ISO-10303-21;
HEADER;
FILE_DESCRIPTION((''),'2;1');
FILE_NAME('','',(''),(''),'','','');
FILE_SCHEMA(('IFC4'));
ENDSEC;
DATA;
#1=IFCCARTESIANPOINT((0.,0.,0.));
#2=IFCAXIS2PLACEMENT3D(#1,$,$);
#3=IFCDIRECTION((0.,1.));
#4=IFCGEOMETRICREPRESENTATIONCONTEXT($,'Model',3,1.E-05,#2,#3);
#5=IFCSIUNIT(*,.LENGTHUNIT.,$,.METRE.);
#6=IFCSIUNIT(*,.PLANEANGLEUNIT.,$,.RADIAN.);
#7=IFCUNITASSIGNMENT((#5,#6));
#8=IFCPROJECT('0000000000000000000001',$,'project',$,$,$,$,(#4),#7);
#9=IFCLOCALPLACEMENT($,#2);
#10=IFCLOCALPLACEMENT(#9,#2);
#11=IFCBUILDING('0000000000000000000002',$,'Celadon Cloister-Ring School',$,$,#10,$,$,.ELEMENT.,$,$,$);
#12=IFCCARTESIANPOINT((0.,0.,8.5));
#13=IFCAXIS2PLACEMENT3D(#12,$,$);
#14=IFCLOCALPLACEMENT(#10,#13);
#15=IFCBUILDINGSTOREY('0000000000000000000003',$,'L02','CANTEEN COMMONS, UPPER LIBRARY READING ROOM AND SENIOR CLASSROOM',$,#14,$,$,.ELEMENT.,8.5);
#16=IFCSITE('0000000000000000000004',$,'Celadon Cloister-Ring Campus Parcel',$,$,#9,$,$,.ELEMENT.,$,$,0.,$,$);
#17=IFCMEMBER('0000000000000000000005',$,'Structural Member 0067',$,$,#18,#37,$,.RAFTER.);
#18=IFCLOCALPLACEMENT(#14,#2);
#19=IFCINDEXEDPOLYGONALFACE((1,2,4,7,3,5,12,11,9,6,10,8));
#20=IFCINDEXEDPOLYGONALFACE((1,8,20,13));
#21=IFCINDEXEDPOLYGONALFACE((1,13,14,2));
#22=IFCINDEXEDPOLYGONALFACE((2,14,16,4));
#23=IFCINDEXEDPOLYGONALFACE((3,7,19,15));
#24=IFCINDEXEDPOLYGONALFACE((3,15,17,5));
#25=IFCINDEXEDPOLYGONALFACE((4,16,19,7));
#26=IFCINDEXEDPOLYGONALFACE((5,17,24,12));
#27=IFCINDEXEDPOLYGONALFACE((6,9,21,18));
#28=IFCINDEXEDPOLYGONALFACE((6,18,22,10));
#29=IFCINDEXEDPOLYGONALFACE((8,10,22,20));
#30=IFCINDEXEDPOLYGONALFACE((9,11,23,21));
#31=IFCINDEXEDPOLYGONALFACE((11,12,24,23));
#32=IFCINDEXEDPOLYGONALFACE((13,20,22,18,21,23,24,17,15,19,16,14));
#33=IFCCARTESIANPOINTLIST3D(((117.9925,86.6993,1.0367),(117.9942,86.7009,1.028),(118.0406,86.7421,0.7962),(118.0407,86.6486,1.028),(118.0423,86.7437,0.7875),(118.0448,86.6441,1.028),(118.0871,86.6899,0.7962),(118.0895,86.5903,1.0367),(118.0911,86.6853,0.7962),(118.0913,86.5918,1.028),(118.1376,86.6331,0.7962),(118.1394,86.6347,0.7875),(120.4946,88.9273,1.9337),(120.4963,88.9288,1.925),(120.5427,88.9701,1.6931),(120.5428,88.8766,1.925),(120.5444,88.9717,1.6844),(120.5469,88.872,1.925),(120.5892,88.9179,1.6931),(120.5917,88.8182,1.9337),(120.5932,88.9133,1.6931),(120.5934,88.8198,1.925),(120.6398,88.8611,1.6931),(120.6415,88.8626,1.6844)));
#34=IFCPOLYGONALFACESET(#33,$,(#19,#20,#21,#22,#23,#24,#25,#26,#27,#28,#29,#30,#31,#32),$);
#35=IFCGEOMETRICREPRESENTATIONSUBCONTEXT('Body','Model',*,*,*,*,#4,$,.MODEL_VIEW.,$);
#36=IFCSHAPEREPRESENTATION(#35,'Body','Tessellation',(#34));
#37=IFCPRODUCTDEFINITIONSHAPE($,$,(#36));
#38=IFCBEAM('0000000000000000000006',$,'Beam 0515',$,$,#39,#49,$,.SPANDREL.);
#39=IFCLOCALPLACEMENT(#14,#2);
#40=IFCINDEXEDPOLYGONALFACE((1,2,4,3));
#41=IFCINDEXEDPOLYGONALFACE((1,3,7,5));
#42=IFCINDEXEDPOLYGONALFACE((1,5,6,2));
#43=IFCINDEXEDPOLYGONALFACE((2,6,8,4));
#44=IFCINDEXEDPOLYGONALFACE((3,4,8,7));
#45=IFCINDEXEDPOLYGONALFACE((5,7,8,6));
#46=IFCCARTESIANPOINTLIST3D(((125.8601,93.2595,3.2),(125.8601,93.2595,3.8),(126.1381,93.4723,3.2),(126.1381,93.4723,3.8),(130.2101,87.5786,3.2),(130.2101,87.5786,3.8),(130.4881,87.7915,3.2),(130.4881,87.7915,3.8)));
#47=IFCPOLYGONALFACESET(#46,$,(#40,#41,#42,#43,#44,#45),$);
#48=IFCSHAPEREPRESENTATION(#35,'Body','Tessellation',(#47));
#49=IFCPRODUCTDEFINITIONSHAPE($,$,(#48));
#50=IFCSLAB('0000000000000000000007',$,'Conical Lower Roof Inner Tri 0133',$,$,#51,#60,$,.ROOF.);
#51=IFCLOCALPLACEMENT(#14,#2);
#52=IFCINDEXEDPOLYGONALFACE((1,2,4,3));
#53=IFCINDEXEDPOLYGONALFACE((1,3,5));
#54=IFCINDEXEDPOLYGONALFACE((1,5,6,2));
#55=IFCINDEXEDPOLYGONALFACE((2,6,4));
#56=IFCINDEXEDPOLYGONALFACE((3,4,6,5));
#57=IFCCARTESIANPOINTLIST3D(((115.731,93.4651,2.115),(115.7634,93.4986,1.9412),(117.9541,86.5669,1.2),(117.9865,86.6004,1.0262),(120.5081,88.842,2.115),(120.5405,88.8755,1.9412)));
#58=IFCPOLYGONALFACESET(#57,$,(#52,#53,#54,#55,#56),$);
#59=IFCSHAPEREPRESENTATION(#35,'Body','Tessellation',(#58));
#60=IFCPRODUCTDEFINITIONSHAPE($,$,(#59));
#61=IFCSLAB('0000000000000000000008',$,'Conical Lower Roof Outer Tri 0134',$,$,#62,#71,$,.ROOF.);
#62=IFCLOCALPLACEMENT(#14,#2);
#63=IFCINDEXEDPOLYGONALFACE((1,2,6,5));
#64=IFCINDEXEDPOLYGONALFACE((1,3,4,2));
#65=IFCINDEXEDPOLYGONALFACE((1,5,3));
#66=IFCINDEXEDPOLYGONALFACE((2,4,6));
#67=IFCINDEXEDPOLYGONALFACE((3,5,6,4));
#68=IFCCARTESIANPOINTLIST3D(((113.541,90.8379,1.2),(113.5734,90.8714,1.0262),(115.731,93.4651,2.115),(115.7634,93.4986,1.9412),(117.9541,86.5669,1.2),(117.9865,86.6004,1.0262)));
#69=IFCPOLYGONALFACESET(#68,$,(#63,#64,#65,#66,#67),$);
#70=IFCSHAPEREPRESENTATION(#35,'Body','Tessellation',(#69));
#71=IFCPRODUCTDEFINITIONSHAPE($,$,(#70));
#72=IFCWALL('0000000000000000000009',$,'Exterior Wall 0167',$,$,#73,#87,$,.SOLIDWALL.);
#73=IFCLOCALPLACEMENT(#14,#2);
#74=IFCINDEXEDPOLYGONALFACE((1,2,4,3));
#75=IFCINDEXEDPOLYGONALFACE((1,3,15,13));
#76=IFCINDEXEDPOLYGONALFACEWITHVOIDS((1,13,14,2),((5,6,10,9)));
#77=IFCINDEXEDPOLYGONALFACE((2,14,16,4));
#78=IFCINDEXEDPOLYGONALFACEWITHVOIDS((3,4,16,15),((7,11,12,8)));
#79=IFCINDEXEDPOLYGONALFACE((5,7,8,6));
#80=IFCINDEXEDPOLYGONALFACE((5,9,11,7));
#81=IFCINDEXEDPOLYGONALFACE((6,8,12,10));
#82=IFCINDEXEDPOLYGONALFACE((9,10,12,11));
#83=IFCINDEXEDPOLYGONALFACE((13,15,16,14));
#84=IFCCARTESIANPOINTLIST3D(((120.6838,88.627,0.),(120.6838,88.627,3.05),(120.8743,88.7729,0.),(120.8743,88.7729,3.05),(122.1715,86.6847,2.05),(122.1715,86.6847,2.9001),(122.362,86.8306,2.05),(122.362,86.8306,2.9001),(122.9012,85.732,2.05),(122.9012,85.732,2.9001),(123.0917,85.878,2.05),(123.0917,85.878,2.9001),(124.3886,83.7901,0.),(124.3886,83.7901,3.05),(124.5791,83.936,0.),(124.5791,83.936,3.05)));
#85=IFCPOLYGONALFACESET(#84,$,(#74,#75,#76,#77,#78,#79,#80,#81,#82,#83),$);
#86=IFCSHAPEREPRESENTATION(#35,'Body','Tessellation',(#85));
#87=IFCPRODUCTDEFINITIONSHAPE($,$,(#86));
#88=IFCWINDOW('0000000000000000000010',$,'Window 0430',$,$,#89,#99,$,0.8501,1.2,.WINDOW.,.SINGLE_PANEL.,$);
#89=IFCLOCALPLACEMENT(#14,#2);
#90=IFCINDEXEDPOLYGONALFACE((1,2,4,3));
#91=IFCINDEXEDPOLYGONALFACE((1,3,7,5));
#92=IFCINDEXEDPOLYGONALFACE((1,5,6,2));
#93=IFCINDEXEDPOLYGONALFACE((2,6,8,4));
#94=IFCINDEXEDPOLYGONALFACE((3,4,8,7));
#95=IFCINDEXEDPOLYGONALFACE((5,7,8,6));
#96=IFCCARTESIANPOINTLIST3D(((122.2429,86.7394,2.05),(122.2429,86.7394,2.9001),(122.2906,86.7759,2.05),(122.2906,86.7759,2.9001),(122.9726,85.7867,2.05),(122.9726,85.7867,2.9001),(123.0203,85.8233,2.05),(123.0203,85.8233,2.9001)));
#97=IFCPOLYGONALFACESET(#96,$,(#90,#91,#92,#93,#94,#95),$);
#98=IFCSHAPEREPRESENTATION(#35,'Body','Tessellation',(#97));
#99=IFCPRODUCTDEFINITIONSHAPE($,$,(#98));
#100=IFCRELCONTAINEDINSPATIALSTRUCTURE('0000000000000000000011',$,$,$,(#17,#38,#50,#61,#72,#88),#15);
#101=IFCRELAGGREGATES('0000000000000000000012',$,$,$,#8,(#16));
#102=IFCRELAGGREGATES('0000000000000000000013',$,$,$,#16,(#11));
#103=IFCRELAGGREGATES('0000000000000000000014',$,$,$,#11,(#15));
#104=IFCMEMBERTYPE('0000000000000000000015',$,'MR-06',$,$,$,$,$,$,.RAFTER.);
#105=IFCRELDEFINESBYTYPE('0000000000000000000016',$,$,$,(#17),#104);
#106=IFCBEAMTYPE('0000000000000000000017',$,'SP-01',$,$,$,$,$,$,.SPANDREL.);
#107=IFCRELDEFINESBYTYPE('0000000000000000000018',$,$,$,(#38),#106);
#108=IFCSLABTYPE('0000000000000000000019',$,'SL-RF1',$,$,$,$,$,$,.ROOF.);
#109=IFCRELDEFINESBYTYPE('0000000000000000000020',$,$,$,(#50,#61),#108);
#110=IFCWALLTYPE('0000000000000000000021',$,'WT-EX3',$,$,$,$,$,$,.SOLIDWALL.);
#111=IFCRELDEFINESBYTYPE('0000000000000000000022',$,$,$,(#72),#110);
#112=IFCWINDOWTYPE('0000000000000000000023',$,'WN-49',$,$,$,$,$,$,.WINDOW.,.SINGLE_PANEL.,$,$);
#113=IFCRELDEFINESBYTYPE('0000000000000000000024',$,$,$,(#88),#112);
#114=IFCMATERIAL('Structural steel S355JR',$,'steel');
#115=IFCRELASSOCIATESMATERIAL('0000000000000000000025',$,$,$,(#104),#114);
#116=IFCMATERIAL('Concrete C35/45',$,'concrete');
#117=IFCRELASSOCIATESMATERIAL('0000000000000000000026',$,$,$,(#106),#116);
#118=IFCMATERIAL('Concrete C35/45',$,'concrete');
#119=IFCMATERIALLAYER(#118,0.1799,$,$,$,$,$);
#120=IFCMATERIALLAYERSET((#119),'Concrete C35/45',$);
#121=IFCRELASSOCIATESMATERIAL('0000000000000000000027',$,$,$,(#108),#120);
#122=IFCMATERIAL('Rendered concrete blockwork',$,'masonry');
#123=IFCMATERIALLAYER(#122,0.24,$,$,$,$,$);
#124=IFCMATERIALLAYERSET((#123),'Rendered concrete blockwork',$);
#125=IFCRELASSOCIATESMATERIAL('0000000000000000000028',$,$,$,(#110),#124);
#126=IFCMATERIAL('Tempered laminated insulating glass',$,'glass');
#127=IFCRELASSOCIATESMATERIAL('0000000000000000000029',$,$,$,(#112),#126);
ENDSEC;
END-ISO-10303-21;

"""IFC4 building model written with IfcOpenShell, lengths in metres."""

from ifc_helpers import new_model, si_unit, direction, frame, frame_2d, origin, origin_2d, place, context, subcontext, project, spatial, polyline, rectangle, i_section, outline, extrude, material, layer, layer_set, material_profile, profile_set, type_object, element, fill, save


model = new_model("IFC4")

# Units and contexts
model_context = context("Model", 3, precision=1e-05, world=origin(), true_north=direction((0.0, 1.0)))
body_context = subcontext(model_context, "Body", "Model", "MODEL_VIEW")
ifc_project = project(units=[si_unit("LENGTHUNIT", "METRE"), si_unit("PLANEANGLEUNIT", "RADIAN")], contexts=[model_context])

# Site, building, storey
site_placement = place(None, origin())
site = spatial("IfcSite", under=ifc_project, at=site_placement, Name="Celadon Cloister-Ring Campus Parcel", CompositionType="ELEMENT", RefElevation=0.0)
building_placement = place(site_placement, origin())
building = spatial("IfcBuilding", under=site, at=building_placement, Name="Celadon Cloister-Ring School", CompositionType="ELEMENT")
storey_placement = place(building_placement, frame((0.0, 0.0, 8.5)))
storey = spatial("IfcBuildingStorey", under=building, at=storey_placement, Name="L02", Description="CANTEEN COMMONS, UPPER LIBRARY READING ROOM AND SENIOR CLASSROOM", CompositionType="ELEMENT", Elevation=8.5)

# Member
ifc_material_1 = material(Name="Structural steel S355JR", Category="steel")
ifc_material_profile_1 = material_profile(ifc_material_1, i_section(OverallWidth=0.146, OverallDepth=0.2581, WebThickness=0.0061, FlangeThickness=0.009, at=origin_2d()), Name="W250X33")
ifc_profile_set_1 = profile_set([ifc_material_profile_1], Name="Structural steel S355JR")
member_type_1 = type_object("IfcMemberType", Name="MR-06", PredefinedType="RAFTER", material=ifc_profile_set_1)
member_1_placement = place(storey_placement, frame((118.0659, 86.667, 0.9121), z_axis=(0.721431, 0.642383, 0.258614), x_axis=(-0.665006, 0.746838, 0.0)))
element("IfcMember", 1, at=member_1_placement, inside=storey, type_object=member_type_1, Name="Structural Member 0067", PredefinedType="RAFTER", context=body_context, shape_type="SweptSolid", body=[
    extrude(i_section(OverallWidth=0.146, OverallDepth=0.2581, WebThickness=0.0061, FlangeThickness=0.009, at=origin_2d()), origin(), (0.0, 0.0, 1.0), 3.4683),
])

# Beam
ifc_material_2 = material(Name="Concrete C35/45", Category="concrete")
ifc_material_profile_2 = material_profile(ifc_material_2, rectangle(XDim=0.3501, YDim=0.6001, at=origin_2d()), Name="RC350X600")
ifc_profile_set_2 = profile_set([ifc_material_profile_2], Name="Concrete C35/45")
beam_type_1 = type_object("IfcBeamType", Name="SP-01", PredefinedType="SPANDREL", material=ifc_profile_set_2)
beam_1_placement = place(storey_placement, frame((130.3491, 87.6851, 3.5), z_axis=(-0.607968, 0.793962, 0.0), x_axis=(-0.793962, -0.607968, 0.0)))
element("IfcBeam", 2, at=beam_1_placement, inside=storey, type_object=beam_type_1, Name="Beam 0515", PredefinedType="SPANDREL", context=body_context, shape_type="SweptSolid", body=[
    extrude(rectangle(XDim=0.3501, YDim=0.6001, at=origin_2d()), origin(), (0.0, 0.0, 1.0), 7.155),
])

# Slabs
ifc_material_3 = material(Name="Concrete C35/45", Category="concrete")
ifc_layer_1 = layer(ifc_material_3, 0.1799)
ifc_layer_set_1 = layer_set([ifc_layer_1], Name="Concrete C35/45")
slab_type = type_object("IfcSlabType", Name="SL-RF1", PredefinedType="ROOF", material=ifc_layer_set_1)
slab_1_placement = place(storey_placement, frame((117.9541, 86.5669, 1.2), z_axis=(-0.180185, -0.186189, 0.96585), x_axis=(0.721322, 0.642577, 0.258437)))
element("IfcSlab", 3, at=slab_1_placement, inside=storey, type_object=slab_type, Name="Conical Lower Roof Inner Tri 0133", PredefinedType="ROOF", context=body_context, shape_type="SweptSolid", body=[
    extrude(outline(polyline([(0.0, 0.0), (3.5407, 0.0), (3.0655, 6.6308), (0.0, 0.0)])), origin(), (0.0, 0.0, -1.0), 0.1799),
])
slab_2_placement = place(storey_placement, frame((117.9541, 86.5669, 1.2), z_axis=(-0.180198, -0.186193, 0.965847), x_axis=(-0.304327, 0.944296, 0.12526)))
element("IfcSlab", 4, at=slab_2_placement, inside=storey, type_object=slab_type, Name="Conical Lower Roof Outer Tri 0134", PredefinedType="ROOF", context=body_context, shape_type="SweptSolid", body=[
    extrude(outline(polyline([(0.0, 0.0), (7.3051, 0.0), (5.3761, 2.9689), (0.0, 0.0)])), origin(), (0.0, 0.0, -1.0), 0.1799),
])

# Wall, opening, window
ifc_material_4 = material(Name="Rendered concrete blockwork", Category="masonry")
ifc_layer_2 = layer(ifc_material_4, 0.24)
ifc_layer_set_2 = layer_set([ifc_layer_2], Name="Rendered concrete blockwork")
wall_type_1 = type_object("IfcWallType", Name="WT-EX3", PredefinedType="SOLIDWALL", material=ifc_layer_set_2)
wall_1_placement = place(storey_placement, frame((124.4839, 83.863, 0.0), z_axis=(0.0, 0.0, 1.0), x_axis=(-0.608073, 0.793881, 0.0)))
wall_1 = element("IfcWall", 5, at=wall_1_placement, inside=storey, type_object=wall_type_1, Name="Exterior Wall 0167", PredefinedType="SOLIDWALL", context=body_context, shape_type="SweptSolid", body=[
    extrude(rectangle(XDim=6.0928, YDim=0.24, at=frame_2d((3.0464, 0.0))), origin(), (0.0, 0.0, 1.0), 3.05),
])
opening_1_placement = place(wall_1_placement, frame((2.446, 0.0, 2.05)))
opening_1 = element("IfcOpeningElement", 6, at=opening_1_placement, cuts=wall_1, PredefinedType="OPENING", context=body_context, shape_type="SweptSolid", body=[
    extrude(rectangle(XDim=1.2, YDim=0.8501, at=frame_2d((0.6001, 0.425))), frame((0.0, 0.1299, 0.0), z_axis=(0.0, -1.0, 0.0), x_axis=(1.0, 0.0, 0.0)), (0.0, 0.0, 1.0), 0.26),
])
ifc_material_5 = material(Name="Tempered laminated insulating glass", Category="glass")
window_type_1 = type_object("IfcWindowType", Name="WN-49", PartitioningType="SINGLE_PANEL", PredefinedType="WINDOW", material=ifc_material_5)
window_1_placement = place(opening_1_placement, origin())
window_1 = element("IfcWindow", 7, at=window_1_placement, inside=storey, type_object=window_type_1, Name="Window 0430", OverallHeight=0.8501, OverallWidth=1.2, PartitioningType="SINGLE_PANEL", PredefinedType="WINDOW", context=body_context, shape_type="SweptSolid", body=[
    extrude(rectangle(XDim=1.2, YDim=0.8501, at=frame_2d((0.6001, 0.425))), frame((0.0, 0.03, 0.0), z_axis=(0.0, -1.0, 0.0), x_axis=(1.0, 0.0, 0.0)), (0.0, 0.0, 1.0), 0.0601),
])
fill(opening_1, window_1)

save(model, "model.ifc")
